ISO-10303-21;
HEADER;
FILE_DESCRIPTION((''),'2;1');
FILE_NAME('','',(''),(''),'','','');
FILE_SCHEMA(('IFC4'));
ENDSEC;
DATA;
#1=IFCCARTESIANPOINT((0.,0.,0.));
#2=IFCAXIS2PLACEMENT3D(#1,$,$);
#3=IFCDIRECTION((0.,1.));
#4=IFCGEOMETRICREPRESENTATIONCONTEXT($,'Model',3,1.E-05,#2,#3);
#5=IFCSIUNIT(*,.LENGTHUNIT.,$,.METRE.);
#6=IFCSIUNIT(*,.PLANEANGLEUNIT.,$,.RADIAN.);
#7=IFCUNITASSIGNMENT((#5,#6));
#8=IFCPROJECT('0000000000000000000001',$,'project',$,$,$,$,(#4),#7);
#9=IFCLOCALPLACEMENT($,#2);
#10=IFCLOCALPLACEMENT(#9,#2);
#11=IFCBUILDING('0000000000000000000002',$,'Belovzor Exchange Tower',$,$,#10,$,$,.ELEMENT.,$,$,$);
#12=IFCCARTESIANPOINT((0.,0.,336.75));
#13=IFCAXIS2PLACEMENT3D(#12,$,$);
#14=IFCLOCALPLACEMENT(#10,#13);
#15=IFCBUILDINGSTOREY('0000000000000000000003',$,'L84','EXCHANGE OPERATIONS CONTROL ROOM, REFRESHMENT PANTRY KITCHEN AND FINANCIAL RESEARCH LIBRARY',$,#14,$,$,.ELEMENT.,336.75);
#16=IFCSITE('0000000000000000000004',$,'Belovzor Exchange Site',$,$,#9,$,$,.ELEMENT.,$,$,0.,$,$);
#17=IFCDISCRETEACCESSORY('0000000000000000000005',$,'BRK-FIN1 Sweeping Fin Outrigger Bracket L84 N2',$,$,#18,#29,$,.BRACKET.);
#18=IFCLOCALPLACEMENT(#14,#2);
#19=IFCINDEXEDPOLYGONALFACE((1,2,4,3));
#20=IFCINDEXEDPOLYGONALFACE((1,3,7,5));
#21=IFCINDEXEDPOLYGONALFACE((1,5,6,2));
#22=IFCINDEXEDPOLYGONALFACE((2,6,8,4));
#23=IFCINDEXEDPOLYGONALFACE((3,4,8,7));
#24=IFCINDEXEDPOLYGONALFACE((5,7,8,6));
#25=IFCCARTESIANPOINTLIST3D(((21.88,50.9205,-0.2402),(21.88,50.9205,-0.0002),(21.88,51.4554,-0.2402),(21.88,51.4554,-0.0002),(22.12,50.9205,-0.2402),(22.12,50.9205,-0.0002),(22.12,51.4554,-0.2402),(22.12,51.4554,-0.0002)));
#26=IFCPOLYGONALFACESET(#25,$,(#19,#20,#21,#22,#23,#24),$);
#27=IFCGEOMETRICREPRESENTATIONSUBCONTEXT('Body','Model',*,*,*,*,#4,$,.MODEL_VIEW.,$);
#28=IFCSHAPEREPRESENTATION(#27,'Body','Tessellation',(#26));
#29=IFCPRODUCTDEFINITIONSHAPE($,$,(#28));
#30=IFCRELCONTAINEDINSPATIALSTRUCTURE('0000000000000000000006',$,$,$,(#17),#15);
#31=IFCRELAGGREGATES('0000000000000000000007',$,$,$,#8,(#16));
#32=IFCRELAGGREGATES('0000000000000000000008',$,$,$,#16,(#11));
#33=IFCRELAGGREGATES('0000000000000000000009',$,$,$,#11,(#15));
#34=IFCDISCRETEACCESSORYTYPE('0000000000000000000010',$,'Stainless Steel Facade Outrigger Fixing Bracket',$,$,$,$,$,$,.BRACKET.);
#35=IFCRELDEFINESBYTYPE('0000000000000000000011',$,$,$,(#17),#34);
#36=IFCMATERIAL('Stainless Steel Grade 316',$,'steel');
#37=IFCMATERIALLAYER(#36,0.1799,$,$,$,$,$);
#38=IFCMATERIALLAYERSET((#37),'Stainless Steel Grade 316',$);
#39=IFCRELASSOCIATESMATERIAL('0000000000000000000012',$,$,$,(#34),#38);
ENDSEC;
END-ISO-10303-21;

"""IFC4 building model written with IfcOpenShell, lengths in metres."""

from ifc_helpers import new_model, si_unit, direction, frame, origin, origin_2d, place, context, subcontext, project, spatial, rectangle, extrude, material, layer, layer_set, type_object, element, save


model = new_model("IFC4")

# Units and contexts
model_context = context("Model", 3, precision=1e-05, world=origin(), true_north=direction((0.0, 1.0)))
body_context = subcontext(model_context, "Body", "Model", "MODEL_VIEW")
ifc_project = project(units=[si_unit("LENGTHUNIT", "METRE"), si_unit("PLANEANGLEUNIT", "RADIAN")], contexts=[model_context])

# Site, building, storey
site_placement = place(None, origin())
site = spatial("IfcSite", under=ifc_project, at=site_placement, Name="Belovzor Exchange Site", CompositionType="ELEMENT", RefElevation=0.0)
building_placement = place(site_placement, origin())
building = spatial("IfcBuilding", under=site, at=building_placement, Name="Belovzor Exchange Tower", CompositionType="ELEMENT")
storey_placement = place(building_placement, frame((0.0, 0.0, 336.75)))
storey = spatial("IfcBuildingStorey", under=building, at=storey_placement, Name="L84", Description="EXCHANGE OPERATIONS CONTROL ROOM, REFRESHMENT PANTRY KITCHEN AND FINANCIAL RESEARCH LIBRARY", CompositionType="ELEMENT", Elevation=336.75)

# Discrete accessory
ifc_material_1 = material(Name="Stainless Steel Grade 316", Category="steel")
ifc_layer_1 = layer(ifc_material_1, 0.1799)
ifc_layer_set_1 = layer_set([ifc_layer_1], Name="Stainless Steel Grade 316")
discrete_accessory_type = type_object("IfcDiscreteAccessoryType", Name="Stainless Steel Facade Outrigger Fixing Bracket", PredefinedType="BRACKET", material=ifc_layer_set_1)
discrete_accessory_placement = place(storey_placement, frame((22.0, 51.188, -0.2402), z_axis=(0.0, 0.0, 1.0), x_axis=(0.0, 1.0, 0.0)))
element("IfcDiscreteAccessory", 1, at=discrete_accessory_placement, inside=storey, type_object=discrete_accessory_type, Name="BRK-FIN1 Sweeping Fin Outrigger Bracket L84 N2", PredefinedType="BRACKET", context=body_context, shape_type="SweptSolid", body=[
    extrude(rectangle(XDim=0.5349, YDim=0.24, at=origin_2d()), origin(), (0.0, 0.0, 1.0), 0.24),
])

save(model, "model.ifc")
